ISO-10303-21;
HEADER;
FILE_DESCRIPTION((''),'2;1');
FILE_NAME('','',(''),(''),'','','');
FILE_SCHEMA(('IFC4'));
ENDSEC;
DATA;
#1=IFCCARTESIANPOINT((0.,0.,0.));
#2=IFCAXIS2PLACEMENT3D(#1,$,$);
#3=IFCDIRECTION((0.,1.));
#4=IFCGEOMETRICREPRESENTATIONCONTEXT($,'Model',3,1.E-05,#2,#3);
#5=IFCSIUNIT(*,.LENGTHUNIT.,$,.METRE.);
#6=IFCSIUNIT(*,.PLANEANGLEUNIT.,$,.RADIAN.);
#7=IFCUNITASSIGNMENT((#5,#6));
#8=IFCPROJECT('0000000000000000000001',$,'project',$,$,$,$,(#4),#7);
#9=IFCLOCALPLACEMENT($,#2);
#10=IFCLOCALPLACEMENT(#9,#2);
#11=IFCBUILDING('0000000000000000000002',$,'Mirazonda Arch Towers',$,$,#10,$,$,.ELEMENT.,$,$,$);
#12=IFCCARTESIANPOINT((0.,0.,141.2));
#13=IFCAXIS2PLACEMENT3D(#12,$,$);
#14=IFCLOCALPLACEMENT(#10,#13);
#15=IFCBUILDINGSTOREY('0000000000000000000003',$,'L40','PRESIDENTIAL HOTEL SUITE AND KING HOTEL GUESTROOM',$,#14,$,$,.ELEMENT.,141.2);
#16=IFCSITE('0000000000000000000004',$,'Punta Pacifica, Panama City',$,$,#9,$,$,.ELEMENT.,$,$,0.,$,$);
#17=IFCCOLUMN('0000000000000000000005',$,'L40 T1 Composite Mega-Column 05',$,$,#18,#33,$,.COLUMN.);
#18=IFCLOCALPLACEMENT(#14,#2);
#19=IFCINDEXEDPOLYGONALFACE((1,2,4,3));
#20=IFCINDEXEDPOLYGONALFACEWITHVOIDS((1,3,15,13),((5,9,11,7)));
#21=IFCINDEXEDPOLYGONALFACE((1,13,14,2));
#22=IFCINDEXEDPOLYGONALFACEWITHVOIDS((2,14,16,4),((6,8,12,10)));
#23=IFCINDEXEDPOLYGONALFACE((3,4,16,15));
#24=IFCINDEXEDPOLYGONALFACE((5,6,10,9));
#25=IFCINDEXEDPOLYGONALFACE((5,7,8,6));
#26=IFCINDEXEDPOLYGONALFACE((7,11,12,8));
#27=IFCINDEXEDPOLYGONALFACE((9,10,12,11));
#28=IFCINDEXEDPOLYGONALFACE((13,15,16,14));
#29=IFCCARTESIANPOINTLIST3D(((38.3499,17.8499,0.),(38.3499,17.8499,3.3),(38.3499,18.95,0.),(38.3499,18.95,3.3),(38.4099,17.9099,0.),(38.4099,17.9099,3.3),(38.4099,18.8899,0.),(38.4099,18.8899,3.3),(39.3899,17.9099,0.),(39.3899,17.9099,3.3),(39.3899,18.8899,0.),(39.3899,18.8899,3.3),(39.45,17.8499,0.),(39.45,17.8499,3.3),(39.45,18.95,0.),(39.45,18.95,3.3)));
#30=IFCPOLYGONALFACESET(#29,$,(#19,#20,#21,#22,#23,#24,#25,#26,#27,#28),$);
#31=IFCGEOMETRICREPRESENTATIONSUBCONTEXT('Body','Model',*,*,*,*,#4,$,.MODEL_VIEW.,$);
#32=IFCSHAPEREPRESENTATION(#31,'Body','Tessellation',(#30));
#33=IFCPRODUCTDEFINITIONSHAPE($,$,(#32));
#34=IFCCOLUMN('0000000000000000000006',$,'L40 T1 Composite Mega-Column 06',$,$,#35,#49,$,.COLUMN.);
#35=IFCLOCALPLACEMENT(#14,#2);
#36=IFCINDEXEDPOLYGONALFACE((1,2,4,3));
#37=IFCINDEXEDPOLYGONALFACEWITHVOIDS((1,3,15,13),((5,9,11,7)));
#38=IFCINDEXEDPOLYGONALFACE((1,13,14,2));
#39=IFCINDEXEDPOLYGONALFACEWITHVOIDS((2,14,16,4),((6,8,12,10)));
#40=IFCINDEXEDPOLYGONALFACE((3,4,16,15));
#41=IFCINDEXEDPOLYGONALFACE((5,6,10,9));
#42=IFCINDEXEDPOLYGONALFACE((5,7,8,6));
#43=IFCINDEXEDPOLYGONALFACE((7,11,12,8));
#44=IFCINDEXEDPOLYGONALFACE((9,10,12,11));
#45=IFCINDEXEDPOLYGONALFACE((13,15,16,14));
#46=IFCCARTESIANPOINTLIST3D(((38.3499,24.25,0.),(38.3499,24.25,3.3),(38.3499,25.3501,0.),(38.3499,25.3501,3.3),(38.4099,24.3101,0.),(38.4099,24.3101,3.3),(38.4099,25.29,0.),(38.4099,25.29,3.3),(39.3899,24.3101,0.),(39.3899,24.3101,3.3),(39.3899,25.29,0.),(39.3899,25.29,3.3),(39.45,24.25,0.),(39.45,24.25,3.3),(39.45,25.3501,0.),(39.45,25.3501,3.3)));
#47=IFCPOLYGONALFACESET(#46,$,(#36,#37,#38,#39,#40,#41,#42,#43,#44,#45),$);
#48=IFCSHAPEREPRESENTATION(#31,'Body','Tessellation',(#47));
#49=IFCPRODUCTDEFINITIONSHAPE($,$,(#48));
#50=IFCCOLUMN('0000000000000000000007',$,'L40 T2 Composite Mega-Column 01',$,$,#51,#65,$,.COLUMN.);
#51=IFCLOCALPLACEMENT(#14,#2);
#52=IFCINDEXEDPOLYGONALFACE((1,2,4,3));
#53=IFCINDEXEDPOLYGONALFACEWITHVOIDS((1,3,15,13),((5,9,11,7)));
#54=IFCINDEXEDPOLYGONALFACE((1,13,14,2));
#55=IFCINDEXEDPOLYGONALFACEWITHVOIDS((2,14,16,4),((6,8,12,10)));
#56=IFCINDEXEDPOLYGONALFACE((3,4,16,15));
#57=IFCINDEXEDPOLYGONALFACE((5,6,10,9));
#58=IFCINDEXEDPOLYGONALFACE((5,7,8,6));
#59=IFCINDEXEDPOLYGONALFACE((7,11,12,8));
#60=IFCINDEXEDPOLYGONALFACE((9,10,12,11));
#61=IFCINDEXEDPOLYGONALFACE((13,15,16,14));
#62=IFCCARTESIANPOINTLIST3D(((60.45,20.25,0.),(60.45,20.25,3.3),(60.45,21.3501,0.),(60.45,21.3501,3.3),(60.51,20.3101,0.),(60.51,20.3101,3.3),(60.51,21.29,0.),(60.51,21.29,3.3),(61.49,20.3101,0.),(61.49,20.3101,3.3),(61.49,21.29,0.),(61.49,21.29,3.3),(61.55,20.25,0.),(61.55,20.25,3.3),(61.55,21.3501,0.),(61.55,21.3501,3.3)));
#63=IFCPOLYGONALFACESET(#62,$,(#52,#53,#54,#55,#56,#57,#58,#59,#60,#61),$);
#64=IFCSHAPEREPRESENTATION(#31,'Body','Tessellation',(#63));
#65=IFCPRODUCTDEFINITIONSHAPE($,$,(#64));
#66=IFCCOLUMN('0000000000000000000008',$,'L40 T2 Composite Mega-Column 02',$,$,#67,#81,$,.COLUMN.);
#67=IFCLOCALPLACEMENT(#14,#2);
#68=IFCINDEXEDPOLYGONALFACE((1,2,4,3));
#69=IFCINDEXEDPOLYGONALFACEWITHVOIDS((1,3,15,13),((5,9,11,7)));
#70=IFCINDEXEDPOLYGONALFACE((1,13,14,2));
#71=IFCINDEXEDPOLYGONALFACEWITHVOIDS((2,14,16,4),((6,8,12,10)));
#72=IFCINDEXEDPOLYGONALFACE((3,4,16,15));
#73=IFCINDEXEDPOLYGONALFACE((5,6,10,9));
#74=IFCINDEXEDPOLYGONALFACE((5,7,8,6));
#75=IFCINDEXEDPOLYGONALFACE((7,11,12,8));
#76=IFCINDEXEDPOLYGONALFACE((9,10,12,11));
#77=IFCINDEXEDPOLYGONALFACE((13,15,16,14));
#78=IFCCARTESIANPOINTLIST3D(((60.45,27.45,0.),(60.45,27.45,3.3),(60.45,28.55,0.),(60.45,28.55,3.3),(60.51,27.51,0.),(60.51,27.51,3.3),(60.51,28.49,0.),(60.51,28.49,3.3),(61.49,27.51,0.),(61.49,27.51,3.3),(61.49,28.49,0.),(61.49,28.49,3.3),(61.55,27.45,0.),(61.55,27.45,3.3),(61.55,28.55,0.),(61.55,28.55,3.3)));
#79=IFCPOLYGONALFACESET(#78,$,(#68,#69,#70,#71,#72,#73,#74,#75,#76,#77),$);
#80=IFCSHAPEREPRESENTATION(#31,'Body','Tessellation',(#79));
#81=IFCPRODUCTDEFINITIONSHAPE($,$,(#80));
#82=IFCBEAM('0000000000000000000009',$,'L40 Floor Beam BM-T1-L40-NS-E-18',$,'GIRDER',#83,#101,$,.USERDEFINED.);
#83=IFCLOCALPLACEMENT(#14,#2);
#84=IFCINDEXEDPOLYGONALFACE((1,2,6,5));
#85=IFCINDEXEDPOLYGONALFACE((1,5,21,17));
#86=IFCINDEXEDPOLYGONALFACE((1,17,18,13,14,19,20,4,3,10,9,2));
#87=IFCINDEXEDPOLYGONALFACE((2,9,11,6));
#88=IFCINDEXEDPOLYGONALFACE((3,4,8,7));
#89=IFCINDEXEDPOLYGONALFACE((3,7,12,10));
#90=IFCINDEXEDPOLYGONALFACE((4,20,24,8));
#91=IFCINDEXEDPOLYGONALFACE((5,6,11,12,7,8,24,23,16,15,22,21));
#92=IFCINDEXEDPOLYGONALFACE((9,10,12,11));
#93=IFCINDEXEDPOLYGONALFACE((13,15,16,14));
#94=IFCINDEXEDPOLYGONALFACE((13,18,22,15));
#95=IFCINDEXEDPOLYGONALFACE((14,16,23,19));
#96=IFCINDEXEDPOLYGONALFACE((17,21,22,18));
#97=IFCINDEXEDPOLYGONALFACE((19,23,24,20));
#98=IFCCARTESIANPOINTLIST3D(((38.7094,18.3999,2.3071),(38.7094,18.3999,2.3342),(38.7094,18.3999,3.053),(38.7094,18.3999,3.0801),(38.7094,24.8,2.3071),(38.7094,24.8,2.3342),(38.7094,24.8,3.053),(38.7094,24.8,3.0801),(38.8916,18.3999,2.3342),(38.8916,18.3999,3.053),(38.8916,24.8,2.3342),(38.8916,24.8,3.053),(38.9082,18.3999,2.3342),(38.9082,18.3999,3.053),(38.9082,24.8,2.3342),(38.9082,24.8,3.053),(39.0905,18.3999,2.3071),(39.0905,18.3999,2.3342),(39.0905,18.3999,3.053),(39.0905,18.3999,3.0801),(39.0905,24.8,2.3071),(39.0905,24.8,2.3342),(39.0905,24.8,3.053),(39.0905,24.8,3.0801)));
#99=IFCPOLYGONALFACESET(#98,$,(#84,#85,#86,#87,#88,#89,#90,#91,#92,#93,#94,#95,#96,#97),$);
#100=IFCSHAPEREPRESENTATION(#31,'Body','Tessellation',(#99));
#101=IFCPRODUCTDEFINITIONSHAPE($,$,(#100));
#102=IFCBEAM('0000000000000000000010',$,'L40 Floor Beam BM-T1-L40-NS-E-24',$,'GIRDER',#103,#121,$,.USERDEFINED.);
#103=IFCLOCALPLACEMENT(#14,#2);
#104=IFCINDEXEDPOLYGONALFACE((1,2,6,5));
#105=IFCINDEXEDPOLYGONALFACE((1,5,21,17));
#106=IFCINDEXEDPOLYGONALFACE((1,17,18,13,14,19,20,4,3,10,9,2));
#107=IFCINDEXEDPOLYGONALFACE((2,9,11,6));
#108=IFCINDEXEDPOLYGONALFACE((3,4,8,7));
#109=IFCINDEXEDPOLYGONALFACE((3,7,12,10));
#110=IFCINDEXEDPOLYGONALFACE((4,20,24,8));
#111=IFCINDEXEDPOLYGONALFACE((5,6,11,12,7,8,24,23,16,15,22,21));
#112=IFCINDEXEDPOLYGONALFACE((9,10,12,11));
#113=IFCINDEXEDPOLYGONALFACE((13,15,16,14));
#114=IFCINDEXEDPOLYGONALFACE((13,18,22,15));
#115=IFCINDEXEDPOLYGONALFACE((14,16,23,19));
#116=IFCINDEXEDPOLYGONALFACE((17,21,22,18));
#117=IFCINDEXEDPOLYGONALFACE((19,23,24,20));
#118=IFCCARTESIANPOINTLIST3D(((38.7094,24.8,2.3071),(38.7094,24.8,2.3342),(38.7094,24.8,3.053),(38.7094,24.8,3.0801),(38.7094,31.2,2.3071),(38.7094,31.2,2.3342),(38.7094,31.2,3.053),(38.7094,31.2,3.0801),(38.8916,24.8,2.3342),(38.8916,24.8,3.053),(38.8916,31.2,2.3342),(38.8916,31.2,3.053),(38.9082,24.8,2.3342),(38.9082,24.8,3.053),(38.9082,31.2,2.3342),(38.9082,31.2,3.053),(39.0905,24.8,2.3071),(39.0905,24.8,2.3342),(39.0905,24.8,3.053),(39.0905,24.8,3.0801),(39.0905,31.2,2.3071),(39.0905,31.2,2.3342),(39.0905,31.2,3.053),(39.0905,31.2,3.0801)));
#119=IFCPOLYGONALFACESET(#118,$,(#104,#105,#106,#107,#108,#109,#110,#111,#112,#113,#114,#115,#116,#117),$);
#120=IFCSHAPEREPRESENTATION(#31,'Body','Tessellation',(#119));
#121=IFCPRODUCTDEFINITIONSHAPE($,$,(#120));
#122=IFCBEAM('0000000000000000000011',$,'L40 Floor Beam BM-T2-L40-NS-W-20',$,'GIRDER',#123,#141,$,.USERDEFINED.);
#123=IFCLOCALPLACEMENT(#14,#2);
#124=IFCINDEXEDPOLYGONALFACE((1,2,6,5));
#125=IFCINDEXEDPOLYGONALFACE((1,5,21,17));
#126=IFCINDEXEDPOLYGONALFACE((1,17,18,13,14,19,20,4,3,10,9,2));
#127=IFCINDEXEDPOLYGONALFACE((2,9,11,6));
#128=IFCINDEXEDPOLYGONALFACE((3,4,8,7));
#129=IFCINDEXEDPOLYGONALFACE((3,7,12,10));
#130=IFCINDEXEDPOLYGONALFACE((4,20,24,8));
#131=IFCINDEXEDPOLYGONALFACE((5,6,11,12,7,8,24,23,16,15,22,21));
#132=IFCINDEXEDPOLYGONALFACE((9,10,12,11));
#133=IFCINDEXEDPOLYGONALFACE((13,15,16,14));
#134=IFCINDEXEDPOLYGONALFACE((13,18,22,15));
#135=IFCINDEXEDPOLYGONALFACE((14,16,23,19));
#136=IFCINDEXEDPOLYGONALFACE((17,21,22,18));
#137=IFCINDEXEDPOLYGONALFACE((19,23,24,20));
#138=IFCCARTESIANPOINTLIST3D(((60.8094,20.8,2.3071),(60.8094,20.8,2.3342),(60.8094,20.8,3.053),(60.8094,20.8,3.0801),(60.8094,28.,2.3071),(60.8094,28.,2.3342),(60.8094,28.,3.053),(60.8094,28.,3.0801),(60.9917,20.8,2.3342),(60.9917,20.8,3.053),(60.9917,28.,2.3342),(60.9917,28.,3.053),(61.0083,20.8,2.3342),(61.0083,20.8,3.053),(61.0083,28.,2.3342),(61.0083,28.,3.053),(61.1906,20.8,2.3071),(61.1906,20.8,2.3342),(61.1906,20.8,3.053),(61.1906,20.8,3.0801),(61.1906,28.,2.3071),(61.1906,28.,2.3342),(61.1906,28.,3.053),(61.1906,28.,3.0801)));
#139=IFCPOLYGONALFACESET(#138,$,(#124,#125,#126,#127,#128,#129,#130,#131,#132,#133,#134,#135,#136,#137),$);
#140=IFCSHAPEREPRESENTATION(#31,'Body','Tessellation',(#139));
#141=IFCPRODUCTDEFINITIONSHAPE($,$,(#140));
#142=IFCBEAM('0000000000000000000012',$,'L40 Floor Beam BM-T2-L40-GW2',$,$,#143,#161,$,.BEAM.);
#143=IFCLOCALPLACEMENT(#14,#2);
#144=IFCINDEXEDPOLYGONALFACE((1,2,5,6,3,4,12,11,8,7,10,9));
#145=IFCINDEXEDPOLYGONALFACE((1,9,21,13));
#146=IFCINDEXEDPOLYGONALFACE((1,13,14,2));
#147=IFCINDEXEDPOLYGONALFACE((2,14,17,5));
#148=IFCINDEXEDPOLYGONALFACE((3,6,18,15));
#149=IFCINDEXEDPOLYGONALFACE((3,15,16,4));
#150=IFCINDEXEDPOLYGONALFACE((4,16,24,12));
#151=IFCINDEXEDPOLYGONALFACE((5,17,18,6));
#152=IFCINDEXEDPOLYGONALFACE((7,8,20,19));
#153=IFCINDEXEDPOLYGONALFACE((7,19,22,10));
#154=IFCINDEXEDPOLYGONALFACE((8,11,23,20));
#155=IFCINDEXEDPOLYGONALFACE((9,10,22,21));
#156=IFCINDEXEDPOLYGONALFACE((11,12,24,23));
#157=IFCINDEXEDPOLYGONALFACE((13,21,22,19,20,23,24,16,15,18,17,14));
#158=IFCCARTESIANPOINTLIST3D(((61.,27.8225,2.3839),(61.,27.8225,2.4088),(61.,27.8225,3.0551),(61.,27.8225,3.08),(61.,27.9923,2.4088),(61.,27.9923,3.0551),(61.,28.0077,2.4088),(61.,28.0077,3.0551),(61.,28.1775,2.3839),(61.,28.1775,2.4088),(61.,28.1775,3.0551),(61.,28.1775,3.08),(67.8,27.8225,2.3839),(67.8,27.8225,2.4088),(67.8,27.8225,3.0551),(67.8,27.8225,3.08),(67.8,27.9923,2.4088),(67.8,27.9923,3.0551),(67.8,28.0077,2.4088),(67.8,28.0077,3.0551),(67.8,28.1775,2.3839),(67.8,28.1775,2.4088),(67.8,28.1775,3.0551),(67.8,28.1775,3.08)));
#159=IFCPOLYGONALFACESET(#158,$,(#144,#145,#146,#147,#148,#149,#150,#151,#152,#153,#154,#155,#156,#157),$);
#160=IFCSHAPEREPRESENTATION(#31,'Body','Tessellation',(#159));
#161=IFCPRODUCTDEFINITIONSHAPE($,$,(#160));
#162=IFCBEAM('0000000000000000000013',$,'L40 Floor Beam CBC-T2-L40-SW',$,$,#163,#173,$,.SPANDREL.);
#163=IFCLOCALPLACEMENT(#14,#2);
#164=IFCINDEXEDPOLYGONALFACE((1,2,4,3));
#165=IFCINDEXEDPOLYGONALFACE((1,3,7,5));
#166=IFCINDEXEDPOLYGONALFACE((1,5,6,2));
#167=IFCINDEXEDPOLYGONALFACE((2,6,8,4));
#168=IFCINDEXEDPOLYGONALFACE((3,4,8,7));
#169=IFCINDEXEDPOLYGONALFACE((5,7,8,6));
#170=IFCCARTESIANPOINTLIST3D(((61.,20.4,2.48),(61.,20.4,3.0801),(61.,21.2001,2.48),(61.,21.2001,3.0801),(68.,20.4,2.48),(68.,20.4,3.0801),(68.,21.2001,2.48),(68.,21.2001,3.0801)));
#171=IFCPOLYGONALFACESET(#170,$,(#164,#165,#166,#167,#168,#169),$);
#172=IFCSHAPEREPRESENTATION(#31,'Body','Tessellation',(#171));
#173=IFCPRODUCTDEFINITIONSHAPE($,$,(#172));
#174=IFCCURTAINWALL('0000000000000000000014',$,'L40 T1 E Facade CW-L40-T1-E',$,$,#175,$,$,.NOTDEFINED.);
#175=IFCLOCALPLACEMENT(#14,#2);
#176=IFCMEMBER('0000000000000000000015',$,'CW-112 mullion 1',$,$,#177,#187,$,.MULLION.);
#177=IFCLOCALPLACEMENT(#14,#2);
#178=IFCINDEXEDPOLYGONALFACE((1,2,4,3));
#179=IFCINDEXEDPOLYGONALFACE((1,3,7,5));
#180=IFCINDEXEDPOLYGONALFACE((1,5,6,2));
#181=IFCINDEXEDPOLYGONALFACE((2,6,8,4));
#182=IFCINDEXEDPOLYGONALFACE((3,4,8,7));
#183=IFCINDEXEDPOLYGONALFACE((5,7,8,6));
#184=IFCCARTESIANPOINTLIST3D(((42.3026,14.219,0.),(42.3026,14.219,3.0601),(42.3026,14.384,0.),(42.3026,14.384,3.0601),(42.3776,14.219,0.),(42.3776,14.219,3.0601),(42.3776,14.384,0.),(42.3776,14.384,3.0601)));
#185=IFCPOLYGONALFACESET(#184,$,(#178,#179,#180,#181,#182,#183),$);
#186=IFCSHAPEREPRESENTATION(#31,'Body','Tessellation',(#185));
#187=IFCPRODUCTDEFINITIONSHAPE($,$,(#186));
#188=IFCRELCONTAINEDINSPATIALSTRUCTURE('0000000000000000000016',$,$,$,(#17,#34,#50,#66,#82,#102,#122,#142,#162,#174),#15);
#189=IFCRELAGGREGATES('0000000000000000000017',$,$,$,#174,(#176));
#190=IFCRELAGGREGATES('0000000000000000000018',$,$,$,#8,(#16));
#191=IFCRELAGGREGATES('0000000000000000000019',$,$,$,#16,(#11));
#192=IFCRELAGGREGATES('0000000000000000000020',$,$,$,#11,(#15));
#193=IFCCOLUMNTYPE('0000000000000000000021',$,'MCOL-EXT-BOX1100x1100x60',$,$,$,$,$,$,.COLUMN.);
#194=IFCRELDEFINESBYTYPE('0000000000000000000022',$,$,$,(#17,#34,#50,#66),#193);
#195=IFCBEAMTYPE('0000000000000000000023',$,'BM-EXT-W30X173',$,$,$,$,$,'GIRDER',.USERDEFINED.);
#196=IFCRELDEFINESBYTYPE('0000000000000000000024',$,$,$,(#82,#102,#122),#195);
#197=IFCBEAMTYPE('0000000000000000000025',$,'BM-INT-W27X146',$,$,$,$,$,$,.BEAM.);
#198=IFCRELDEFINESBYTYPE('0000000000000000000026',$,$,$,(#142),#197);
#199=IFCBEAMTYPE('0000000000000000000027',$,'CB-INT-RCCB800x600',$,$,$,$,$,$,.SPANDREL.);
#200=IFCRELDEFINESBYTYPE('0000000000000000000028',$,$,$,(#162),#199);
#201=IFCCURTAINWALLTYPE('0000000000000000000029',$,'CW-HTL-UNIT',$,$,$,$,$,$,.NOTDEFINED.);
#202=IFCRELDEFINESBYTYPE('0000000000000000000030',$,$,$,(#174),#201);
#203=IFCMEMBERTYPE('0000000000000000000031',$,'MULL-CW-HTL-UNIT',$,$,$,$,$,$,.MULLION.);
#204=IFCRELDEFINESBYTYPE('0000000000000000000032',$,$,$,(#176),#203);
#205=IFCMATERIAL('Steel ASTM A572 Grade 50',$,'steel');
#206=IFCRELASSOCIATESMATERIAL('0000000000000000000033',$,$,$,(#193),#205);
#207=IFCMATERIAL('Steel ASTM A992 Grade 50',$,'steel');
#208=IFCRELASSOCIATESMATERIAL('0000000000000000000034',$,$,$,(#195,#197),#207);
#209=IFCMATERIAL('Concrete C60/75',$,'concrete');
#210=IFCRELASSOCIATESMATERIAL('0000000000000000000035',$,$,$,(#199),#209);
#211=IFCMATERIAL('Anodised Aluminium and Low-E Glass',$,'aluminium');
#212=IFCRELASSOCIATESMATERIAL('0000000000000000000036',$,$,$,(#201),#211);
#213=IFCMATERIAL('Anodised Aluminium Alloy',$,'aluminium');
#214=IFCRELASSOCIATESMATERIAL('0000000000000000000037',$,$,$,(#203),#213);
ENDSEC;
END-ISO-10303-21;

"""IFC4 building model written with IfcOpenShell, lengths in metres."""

from ifc_helpers import new_model, si_unit, direction, frame, origin, origin_2d, place, context, subcontext, project, spatial, rectangle, hollow_rectangle, i_section, extrude, material, material_profile, profile_set, type_object, element, aggregate, save


model = new_model("IFC4")

# Units and contexts
model_context = context("Model", 3, precision=1e-05, world=origin(), true_north=direction((0.0, 1.0)))
body_context = subcontext(model_context, "Body", "Model", "MODEL_VIEW")
ifc_project = project(units=[si_unit("LENGTHUNIT", "METRE"), si_unit("PLANEANGLEUNIT", "RADIAN")], contexts=[model_context])

# Site, building, storey
site_placement = place(None, origin())
site = spatial("IfcSite", under=ifc_project, at=site_placement, Name="Punta Pacifica, Panama City", CompositionType="ELEMENT", RefElevation=0.0)
building_placement = place(site_placement, origin())
building = spatial("IfcBuilding", under=site, at=building_placement, Name="Mirazonda Arch Towers", CompositionType="ELEMENT")
storey_placement = place(building_placement, frame((0.0, 0.0, 141.2)))
storey = spatial("IfcBuildingStorey", under=building, at=storey_placement, Name="L40", Description="PRESIDENTIAL HOTEL SUITE AND KING HOTEL GUESTROOM", CompositionType="ELEMENT", Elevation=141.2)

# Columns
ifc_material_1 = material(Name="Steel ASTM A572 Grade 50", Category="steel")
ifc_material_profile_1 = material_profile(ifc_material_1, hollow_rectangle(XDim=1.1001, YDim=1.1001, WallThickness=0.0601, at=origin_2d()), Name="BOX1100x1100x60")
ifc_profile_set_1 = profile_set([ifc_material_profile_1], Name="Steel ASTM A572 Grade 50")
column_type = type_object("IfcColumnType", Name="MCOL-EXT-BOX1100x1100x60", PredefinedType="COLUMN", material=ifc_profile_set_1)
for number, where, z_axis, x_axis, name in (
    (1, (38.8999, 18.3999, 0.0), (0.0, 0.0, 1.0), (1.0, 0.0, 0.0), "L40 T1 Composite Mega-Column 05"),
    (2, (38.8999, 24.8, 0.0), (0.0, 0.0, 1.0), (1.0, 0.0, 0.0), "L40 T1 Composite Mega-Column 06"),
    (3, (61.0, 20.8, 0.0), (0.0, 0.0, 1.0), (1.0, 0.0, 0.0), "L40 T2 Composite Mega-Column 01"),
    (4, (61.0, 28.0, 0.0), (0.0, 0.0, 1.0), (1.0, 0.0, 0.0), "L40 T2 Composite Mega-Column 02"),
):
    element("IfcColumn", number, at=place(storey_placement, frame(where, z_axis=z_axis, x_axis=x_axis)), inside=storey, type_object=column_type, Name=name, PredefinedType="COLUMN", context=body_context, shape_type="SweptSolid", body=[
        extrude(hollow_rectangle(XDim=1.1001, YDim=1.1001, WallThickness=0.0601, at=origin_2d()), origin(), (0.0, 0.0, 1.0), 3.3),
    ])

# Beams
ifc_material_2 = material(Name="Steel ASTM A992 Grade 50", Category="steel")
ifc_material_profile_2 = material_profile(ifc_material_2, i_section(OverallWidth=0.3811, OverallDepth=0.7729, WebThickness=0.0166, FlangeThickness=0.0271, at=origin_2d()), Name="W30X173")
ifc_profile_set_2 = profile_set([ifc_material_profile_2], Name="Steel ASTM A992 Grade 50")
beam_type_1 = type_object("IfcBeamType", Name="BM-EXT-W30X173", ElementType="GIRDER", PredefinedType="USERDEFINED", material=ifc_profile_set_2)
beam_1_placement = place(storey_placement, frame((38.8999, 18.3999, 2.6936), z_axis=(0.0, 1.0, 0.0), x_axis=(-1.0, 0.0, 0.0)))
element("IfcBeam", 5, at=beam_1_placement, inside=storey, type_object=beam_type_1, Name="L40 Floor Beam BM-T1-L40-NS-E-18", ObjectType="GIRDER", PredefinedType="USERDEFINED", context=body_context, shape_type="SweptSolid", body=[
    extrude(i_section(OverallWidth=0.3811, OverallDepth=0.7729, WebThickness=0.0166, FlangeThickness=0.0271, at=origin_2d()), origin(), (0.0, 0.0, 1.0), 6.4001),
])
beam_2_placement = place(storey_placement, frame((38.8999, 24.8, 2.6936), z_axis=(0.0, 1.0, 0.0), x_axis=(-1.0, 0.0, 0.0)))
element("IfcBeam", 6, at=beam_2_placement, inside=storey, type_object=beam_type_1, Name="L40 Floor Beam BM-T1-L40-NS-E-24", ObjectType="GIRDER", PredefinedType="USERDEFINED", context=body_context, shape_type="SweptSolid", body=[
    extrude(i_section(OverallWidth=0.3811, OverallDepth=0.7729, WebThickness=0.0166, FlangeThickness=0.0271, at=origin_2d()), origin(), (0.0, 0.0, 1.0), 6.3999),
])
beam_3_placement = place(storey_placement, frame((61.0, 20.8, 2.6936), z_axis=(0.0, 1.0, 0.0), x_axis=(-1.0, 0.0, 0.0)))
element("IfcBeam", 7, at=beam_3_placement, inside=storey, type_object=beam_type_1, Name="L40 Floor Beam BM-T2-L40-NS-W-20", ObjectType="GIRDER", PredefinedType="USERDEFINED", context=body_context, shape_type="SweptSolid", body=[
    extrude(i_section(OverallWidth=0.3811, OverallDepth=0.7729, WebThickness=0.0166, FlangeThickness=0.0271, at=origin_2d()), origin(), (0.0, 0.0, 1.0), 7.2),
])
ifc_material_profile_3 = material_profile(ifc_material_2, i_section(OverallWidth=0.355, OverallDepth=0.696, WebThickness=0.0154, FlangeThickness=0.0249, at=origin_2d()), Name="W27X146")
ifc_profile_set_3 = profile_set([ifc_material_profile_3], Name="Steel ASTM A992 Grade 50")
beam_type_2 = type_object("IfcBeamType", Name="BM-INT-W27X146", PredefinedType="BEAM", material=ifc_profile_set_3)
beam_4_placement = place(storey_placement, frame((61.0, 28.0, 2.7319), z_axis=(1.0, 0.0, 0.0), x_axis=(0.0, 1.0, 0.0)))
element("IfcBeam", 8, at=beam_4_placement, inside=storey, type_object=beam_type_2, Name="L40 Floor Beam BM-T2-L40-GW2", PredefinedType="BEAM", context=body_context, shape_type="SweptSolid", body=[
    extrude(i_section(OverallWidth=0.355, OverallDepth=0.696, WebThickness=0.0154, FlangeThickness=0.0249, at=origin_2d()), origin(), (0.0, 0.0, 1.0), 6.8),
])
ifc_material_3 = material(Name="Concrete C60/75", Category="concrete")
ifc_material_profile_4 = material_profile(ifc_material_3, rectangle(XDim=0.8, YDim=0.6001, at=origin_2d()), Name="RCCB800x600")
ifc_profile_set_4 = profile_set([ifc_material_profile_4], Name="Concrete C60/75")
beam_type_3 = type_object("IfcBeamType", Name="CB-INT-RCCB800x600", PredefinedType="SPANDREL", material=ifc_profile_set_4)
beam_5_placement = place(storey_placement, frame((61.0, 20.8, 2.78), z_axis=(1.0, 0.0, 0.0), x_axis=(0.0, 1.0, 0.0)))
element("IfcBeam", 9, at=beam_5_placement, inside=storey, type_object=beam_type_3, Name="L40 Floor Beam CBC-T2-L40-SW", PredefinedType="SPANDREL", context=body_context, shape_type="SweptSolid", body=[
    extrude(rectangle(XDim=0.8, YDim=0.6001, at=origin_2d()), origin(), (0.0, 0.0, 1.0), 7.0),
])

# Curtain wall, member
ifc_material_4 = material(Name="Anodised Aluminium and Low-E Glass", Category="aluminium")
curtain_wall_type = type_object("IfcCurtainWallType", Name="CW-HTL-UNIT", PredefinedType="NOTDEFINED", material=ifc_material_4)
curtain_wall_1_placement = place(storey_placement, origin())
curtain_wall_1 = element("IfcCurtainWall", 10, at=curtain_wall_1_placement, inside=storey, type_object=curtain_wall_type, Name="L40 T1 E Facade CW-L40-T1-E", PredefinedType="NOTDEFINED")
ifc_material_5 = material(Name="Anodised Aluminium Alloy", Category="aluminium")
ifc_material_profile_5 = material_profile(ifc_material_5, rectangle(XDim=0.075, YDim=0.165, at=origin_2d()), Name="ALU-MULL-75x165")
ifc_profile_set_5 = profile_set([ifc_material_profile_5], Name="Anodised Aluminium Alloy")
member_type_1 = type_object("IfcMemberType", Name="MULL-CW-HTL-UNIT", PredefinedType="MULLION", material=ifc_profile_set_5)
member_1_placement = place(storey_placement, frame((42.3401, 14.3015, 0.0), z_axis=(0.0, 0.0, 1.0), x_axis=(-1.0, 0.0, 0.0)))
member_1 = element("IfcMember", 11, at=member_1_placement, type_object=member_type_1, Name="CW-112 mullion 1", PredefinedType="MULLION", context=body_context, shape_type="SweptSolid", body=[
    extrude(rectangle(XDim=0.075, YDim=0.165, at=origin_2d()), origin(), (0.0, 0.0, 1.0), 3.0601),
])

aggregate(curtain_wall_1, [member_1])

save(model, "model.ifc")
